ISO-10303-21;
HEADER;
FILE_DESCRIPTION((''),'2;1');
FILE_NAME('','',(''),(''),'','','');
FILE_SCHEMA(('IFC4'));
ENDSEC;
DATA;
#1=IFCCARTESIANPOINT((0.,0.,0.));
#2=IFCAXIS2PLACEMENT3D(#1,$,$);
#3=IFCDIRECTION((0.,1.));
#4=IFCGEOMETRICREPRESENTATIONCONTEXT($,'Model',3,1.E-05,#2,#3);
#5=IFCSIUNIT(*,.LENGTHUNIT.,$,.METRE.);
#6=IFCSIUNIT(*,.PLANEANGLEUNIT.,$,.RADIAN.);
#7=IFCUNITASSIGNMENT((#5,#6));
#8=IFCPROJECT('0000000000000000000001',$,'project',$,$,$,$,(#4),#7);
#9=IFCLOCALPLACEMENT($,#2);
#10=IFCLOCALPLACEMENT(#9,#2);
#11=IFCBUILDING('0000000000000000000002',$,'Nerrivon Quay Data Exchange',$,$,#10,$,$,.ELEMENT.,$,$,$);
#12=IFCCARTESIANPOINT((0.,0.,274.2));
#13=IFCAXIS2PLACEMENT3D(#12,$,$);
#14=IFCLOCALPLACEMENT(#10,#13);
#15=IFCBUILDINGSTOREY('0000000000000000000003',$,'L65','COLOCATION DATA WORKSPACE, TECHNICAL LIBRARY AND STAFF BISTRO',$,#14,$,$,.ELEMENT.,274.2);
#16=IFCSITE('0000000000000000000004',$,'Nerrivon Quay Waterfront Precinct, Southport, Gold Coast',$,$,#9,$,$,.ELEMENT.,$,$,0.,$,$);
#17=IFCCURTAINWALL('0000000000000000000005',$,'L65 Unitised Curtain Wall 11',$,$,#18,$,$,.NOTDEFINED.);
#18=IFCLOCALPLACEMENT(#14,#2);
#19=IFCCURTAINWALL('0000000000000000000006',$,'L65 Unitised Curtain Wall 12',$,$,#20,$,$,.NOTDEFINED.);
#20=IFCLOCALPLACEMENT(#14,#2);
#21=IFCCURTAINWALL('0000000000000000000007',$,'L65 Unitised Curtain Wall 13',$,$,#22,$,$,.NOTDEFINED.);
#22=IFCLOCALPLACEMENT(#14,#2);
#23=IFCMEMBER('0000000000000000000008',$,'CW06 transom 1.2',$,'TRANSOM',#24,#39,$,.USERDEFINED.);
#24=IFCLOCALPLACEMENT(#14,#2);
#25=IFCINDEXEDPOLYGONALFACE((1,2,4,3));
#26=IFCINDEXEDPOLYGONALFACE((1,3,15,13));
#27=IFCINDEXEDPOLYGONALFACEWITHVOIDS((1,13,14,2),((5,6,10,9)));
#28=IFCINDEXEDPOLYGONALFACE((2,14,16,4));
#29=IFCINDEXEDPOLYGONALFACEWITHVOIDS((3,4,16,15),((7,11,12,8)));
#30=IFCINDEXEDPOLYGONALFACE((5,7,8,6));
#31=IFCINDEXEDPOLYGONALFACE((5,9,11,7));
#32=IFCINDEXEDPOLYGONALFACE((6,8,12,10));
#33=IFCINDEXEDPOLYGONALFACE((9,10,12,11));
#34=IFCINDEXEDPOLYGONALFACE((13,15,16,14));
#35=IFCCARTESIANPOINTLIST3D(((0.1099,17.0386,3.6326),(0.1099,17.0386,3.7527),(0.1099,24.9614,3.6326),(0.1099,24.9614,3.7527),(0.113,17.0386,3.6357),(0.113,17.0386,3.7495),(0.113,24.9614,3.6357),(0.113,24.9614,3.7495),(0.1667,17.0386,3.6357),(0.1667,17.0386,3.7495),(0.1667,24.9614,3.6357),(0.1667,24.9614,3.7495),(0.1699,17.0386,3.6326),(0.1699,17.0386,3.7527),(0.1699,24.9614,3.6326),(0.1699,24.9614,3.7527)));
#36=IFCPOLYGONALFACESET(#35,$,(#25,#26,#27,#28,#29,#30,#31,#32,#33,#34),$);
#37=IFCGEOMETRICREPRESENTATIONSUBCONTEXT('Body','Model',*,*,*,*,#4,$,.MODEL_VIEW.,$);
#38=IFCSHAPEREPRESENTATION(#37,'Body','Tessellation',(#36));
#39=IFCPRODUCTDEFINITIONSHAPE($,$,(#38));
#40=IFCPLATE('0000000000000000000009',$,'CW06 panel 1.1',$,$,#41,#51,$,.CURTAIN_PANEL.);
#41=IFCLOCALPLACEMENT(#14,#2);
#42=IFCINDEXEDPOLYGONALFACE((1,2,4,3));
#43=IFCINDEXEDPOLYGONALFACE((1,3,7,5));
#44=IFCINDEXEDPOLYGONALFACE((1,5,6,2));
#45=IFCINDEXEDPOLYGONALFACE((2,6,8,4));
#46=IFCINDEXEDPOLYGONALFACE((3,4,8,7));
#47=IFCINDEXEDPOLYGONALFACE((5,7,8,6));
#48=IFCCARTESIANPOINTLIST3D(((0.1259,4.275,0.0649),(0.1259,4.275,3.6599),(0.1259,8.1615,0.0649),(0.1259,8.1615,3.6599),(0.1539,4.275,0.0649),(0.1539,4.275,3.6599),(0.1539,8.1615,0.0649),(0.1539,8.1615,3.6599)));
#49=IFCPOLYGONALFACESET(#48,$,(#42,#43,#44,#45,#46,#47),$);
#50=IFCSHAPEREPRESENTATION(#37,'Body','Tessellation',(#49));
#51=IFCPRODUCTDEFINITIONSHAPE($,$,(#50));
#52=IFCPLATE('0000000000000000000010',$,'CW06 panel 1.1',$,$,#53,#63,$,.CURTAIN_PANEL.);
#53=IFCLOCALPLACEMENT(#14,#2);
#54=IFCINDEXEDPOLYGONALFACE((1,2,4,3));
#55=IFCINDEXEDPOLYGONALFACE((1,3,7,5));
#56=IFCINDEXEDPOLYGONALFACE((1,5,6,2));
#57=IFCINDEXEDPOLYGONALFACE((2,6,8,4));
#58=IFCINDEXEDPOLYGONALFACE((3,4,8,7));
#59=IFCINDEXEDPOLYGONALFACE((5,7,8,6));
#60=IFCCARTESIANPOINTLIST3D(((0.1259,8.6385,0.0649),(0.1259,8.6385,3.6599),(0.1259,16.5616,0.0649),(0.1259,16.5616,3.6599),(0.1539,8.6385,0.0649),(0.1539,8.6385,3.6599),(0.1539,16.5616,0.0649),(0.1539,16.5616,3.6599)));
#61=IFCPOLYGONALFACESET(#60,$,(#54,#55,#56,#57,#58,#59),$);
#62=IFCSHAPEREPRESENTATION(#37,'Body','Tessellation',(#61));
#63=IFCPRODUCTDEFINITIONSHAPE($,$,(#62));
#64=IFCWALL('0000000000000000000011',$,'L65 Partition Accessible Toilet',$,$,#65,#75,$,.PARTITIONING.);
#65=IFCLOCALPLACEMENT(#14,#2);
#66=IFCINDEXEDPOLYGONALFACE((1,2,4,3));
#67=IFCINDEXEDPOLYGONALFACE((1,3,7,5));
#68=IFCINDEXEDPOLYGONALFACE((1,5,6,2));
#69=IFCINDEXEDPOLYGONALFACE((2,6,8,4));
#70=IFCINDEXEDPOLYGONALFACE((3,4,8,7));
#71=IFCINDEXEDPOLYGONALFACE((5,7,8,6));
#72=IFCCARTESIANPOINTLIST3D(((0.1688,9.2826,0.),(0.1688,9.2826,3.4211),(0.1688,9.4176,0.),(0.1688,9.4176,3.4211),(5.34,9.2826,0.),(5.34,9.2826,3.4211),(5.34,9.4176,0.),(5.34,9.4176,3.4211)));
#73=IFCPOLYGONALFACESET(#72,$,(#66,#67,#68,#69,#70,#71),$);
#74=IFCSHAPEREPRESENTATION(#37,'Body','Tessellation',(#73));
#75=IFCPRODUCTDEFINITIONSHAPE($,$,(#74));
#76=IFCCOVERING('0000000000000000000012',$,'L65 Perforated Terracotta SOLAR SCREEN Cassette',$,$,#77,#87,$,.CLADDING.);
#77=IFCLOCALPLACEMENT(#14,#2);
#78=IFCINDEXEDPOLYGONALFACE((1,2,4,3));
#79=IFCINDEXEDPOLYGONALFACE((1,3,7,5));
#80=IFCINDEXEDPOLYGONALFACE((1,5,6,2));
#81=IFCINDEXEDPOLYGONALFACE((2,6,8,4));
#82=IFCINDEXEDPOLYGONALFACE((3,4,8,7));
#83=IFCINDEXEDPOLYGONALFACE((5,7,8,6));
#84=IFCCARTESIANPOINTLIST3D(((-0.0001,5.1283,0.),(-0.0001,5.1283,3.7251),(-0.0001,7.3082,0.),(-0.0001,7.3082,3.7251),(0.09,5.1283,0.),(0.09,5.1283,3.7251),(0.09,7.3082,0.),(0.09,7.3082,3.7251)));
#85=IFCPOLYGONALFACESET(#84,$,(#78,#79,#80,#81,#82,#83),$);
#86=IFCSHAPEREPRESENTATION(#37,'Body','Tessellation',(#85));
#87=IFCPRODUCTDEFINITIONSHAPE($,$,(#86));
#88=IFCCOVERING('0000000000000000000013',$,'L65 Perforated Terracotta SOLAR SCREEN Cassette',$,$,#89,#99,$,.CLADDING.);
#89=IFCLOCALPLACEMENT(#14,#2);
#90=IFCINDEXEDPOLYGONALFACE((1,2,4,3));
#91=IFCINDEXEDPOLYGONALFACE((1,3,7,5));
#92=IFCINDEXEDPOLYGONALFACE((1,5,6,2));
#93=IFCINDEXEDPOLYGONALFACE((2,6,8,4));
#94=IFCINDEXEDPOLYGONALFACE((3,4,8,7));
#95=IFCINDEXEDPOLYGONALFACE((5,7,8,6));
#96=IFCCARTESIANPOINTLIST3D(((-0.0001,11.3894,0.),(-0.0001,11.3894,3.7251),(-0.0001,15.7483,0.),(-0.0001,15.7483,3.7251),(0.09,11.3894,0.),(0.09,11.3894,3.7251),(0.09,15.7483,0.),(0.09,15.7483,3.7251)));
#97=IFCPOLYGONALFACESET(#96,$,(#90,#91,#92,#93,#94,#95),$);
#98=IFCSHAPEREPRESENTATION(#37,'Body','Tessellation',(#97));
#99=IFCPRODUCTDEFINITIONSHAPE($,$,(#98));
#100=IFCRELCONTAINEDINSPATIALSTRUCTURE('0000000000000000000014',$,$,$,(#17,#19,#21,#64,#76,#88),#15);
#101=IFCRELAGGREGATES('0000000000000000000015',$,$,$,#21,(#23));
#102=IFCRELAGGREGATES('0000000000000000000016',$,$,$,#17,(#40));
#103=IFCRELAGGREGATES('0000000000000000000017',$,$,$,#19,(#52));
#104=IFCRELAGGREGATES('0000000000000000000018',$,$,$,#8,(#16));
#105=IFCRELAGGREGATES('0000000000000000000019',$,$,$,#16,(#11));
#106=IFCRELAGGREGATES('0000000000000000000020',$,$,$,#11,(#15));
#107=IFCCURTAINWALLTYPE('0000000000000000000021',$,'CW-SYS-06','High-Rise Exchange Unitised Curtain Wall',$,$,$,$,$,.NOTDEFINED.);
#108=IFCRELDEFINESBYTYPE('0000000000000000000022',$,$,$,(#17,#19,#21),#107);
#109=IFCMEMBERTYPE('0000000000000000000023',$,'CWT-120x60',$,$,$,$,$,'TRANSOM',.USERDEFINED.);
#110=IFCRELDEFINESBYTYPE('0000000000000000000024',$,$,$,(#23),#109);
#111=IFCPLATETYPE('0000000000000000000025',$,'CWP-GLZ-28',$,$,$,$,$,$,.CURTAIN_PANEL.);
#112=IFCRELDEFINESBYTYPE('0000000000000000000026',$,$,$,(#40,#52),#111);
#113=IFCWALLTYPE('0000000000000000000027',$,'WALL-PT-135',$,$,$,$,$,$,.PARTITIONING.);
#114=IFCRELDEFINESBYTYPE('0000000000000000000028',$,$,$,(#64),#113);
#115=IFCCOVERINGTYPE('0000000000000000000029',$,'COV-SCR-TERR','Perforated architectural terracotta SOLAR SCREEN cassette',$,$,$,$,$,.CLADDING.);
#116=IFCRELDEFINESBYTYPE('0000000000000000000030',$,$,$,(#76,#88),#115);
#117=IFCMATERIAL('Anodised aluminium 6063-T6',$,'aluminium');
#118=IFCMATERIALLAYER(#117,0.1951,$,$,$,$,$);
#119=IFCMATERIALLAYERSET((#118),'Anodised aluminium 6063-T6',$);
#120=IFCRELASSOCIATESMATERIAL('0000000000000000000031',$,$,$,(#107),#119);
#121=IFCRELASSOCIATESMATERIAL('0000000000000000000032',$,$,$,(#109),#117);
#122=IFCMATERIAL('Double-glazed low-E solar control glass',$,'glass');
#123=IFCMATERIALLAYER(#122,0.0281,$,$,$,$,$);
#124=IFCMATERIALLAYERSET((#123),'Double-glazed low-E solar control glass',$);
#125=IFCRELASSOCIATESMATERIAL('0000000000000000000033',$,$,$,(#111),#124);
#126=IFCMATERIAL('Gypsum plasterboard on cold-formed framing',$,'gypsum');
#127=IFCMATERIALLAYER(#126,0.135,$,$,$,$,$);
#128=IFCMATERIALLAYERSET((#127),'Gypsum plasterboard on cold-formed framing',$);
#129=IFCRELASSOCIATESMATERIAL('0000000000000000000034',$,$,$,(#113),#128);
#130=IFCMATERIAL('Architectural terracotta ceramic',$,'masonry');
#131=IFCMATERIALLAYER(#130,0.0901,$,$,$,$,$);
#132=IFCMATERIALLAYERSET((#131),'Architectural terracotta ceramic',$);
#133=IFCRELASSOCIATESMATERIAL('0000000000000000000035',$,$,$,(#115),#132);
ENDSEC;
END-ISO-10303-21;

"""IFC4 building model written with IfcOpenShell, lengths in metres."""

from ifc_helpers import new_model, si_unit, direction, frame, frame_2d, origin, origin_2d, place, context, subcontext, project, spatial, rectangle, hollow_rectangle, extrude, material, layer, layer_set, material_profile, profile_set, type_object, element, aggregate, save


model = new_model("IFC4")

# Units and contexts
model_context = context("Model", 3, precision=1e-05, world=origin(), true_north=direction((0.0, 1.0)))
body_context = subcontext(model_context, "Body", "Model", "MODEL_VIEW")
ifc_project = project(units=[si_unit("LENGTHUNIT", "METRE"), si_unit("PLANEANGLEUNIT", "RADIAN")], contexts=[model_context])

# Site, building, storey
site_placement = place(None, origin())
site = spatial("IfcSite", under=ifc_project, at=site_placement, Name="Nerrivon Quay Waterfront Precinct, Southport, Gold Coast", CompositionType="ELEMENT", RefElevation=0.0)
building_placement = place(site_placement, origin())
building = spatial("IfcBuilding", under=site, at=building_placement, Name="Nerrivon Quay Data Exchange", CompositionType="ELEMENT")
storey_placement = place(building_placement, frame((0.0, 0.0, 274.2)))
storey = spatial("IfcBuildingStorey", under=building, at=storey_placement, Name="L65", Description="COLOCATION DATA WORKSPACE, TECHNICAL LIBRARY AND STAFF BISTRO", CompositionType="ELEMENT", Elevation=274.2)

# Curtain wall
ifc_material_1 = material(Name="Anodised aluminium 6063-T6", Category="aluminium")
ifc_layer_1 = layer(ifc_material_1, 0.1951)
ifc_layer_set_1 = layer_set([ifc_layer_1], Name="Anodised aluminium 6063-T6")
curtain_wall_type = type_object("IfcCurtainWallType", Name="CW-SYS-06", Description="High-Rise Exchange Unitised Curtain Wall", PredefinedType="NOTDEFINED", material=ifc_layer_set_1)
curtain_wall_1_placement = place(storey_placement, origin())
curtain_wall_1 = element("IfcCurtainWall", 1, at=curtain_wall_1_placement, inside=storey, type_object=curtain_wall_type, Name="L65 Unitised Curtain Wall 11", PredefinedType="NOTDEFINED")

# Curtain wall
curtain_wall_2_placement = place(storey_placement, origin())
curtain_wall_2 = element("IfcCurtainWall", 2, at=curtain_wall_2_placement, inside=storey, type_object=curtain_wall_type, Name="L65 Unitised Curtain Wall 12", PredefinedType="NOTDEFINED")

# Curtain wall
curtain_wall_3_placement = place(storey_placement, origin())
curtain_wall_3 = element("IfcCurtainWall", 3, at=curtain_wall_3_placement, inside=storey, type_object=curtain_wall_type, Name="L65 Unitised Curtain Wall 13", PredefinedType="NOTDEFINED")

# Member
ifc_material_profile_1 = material_profile(ifc_material_1, hollow_rectangle(XDim=0.0601, YDim=0.1201, WallThickness=0.0032, at=origin_2d()), Name="ALU-TRAN-120x60")
ifc_profile_set_1 = profile_set([ifc_material_profile_1], Name="Anodised aluminium 6063-T6")
member_type_1 = type_object("IfcMemberType", Name="CWT-120x60", ElementType="TRANSOM", PredefinedType="USERDEFINED", material=ifc_profile_set_1)
member_1_placement = place(storey_placement, frame((0.1399, 17.0386, 3.6926), z_axis=(0.0, 1.0, 0.0), x_axis=(-1.0, 0.0, 0.0)))
member_1 = element("IfcMember", 4, at=member_1_placement, type_object=member_type_1, Name="CW06 transom 1.2", ObjectType="TRANSOM", PredefinedType="USERDEFINED", context=body_context, shape_type="SweptSolid", body=[
    extrude(hollow_rectangle(XDim=0.0601, YDim=0.1201, WallThickness=0.0032, at=origin_2d()), origin(), (0.0, 0.0, 1.0), 7.9229),
])
aggregate(curtain_wall_3, [member_1])

# Plates
ifc_material_2 = material(Name="Double-glazed low-E solar control glass", Category="glass")
ifc_layer_2 = layer(ifc_material_2, 0.0281)
ifc_layer_set_2 = layer_set([ifc_layer_2], Name="Double-glazed low-E solar control glass")
plate_type = type_object("IfcPlateType", Name="CWP-GLZ-28", PredefinedType="CURTAIN_PANEL", material=ifc_layer_set_2)
plate_1_placement = place(storey_placement, frame((0.1399, 6.2183, 0.0649), z_axis=(0.0, 0.0, 1.0), x_axis=(0.0, 1.0, 0.0)))
plate_1 = element("IfcPlate", 5, at=plate_1_placement, type_object=plate_type, Name="CW06 panel 1.1", PredefinedType="CURTAIN_PANEL", context=body_context, shape_type="SweptSolid", body=[
    extrude(rectangle(XDim=3.8865, YDim=0.0281, at=origin_2d()), origin(), (0.0, 0.0, 1.0), 3.595),
])
aggregate(curtain_wall_1, [plate_1])
plate_2_placement = place(storey_placement, frame((0.1399, 12.6001, 0.0649), z_axis=(0.0, 0.0, 1.0), x_axis=(0.0, 1.0, 0.0)))
plate_2 = element("IfcPlate", 6, at=plate_2_placement, type_object=plate_type, Name="CW06 panel 1.1", PredefinedType="CURTAIN_PANEL", context=body_context, shape_type="SweptSolid", body=[
    extrude(rectangle(XDim=7.9231, YDim=0.0281, at=origin_2d()), origin(), (0.0, 0.0, 1.0), 3.595),
])
aggregate(curtain_wall_2, [plate_2])

# Wall
ifc_material_3 = material(Name="Gypsum plasterboard on cold-formed framing", Category="gypsum")
ifc_layer_3 = layer(ifc_material_3, 0.135)
ifc_layer_set_3 = layer_set([ifc_layer_3], Name="Gypsum plasterboard on cold-formed framing")
wall_type = type_object("IfcWallType", Name="WALL-PT-135", PredefinedType="PARTITIONING", material=ifc_layer_set_3)
wall_placement = place(storey_placement, frame((0.1689, 9.3501, 0.0), z_axis=(0.0, 0.0, 1.0), x_axis=(1.0, 0.0, 0.0)))
element("IfcWall", 7, at=wall_placement, inside=storey, type_object=wall_type, Name="L65 Partition Accessible Toilet", PredefinedType="PARTITIONING", context=body_context, shape_type="SweptSolid", body=[
    extrude(rectangle(XDim=5.1711, YDim=0.135, at=frame_2d((2.5854, 0.0))), origin(), (0.0, 0.0, 1.0), 3.4211),
])

# Coverings
ifc_material_4 = material(Name="Architectural terracotta ceramic", Category="masonry")
ifc_layer_4 = layer(ifc_material_4, 0.0901)
ifc_layer_set_4 = layer_set([ifc_layer_4], Name="Architectural terracotta ceramic")
covering_type = type_object("IfcCoveringType", Name="COV-SCR-TERR", Description="Perforated architectural terracotta SOLAR SCREEN cassette", PredefinedType="CLADDING", material=ifc_layer_set_4)
covering_1_placement = place(storey_placement, frame((0.0449, 6.2183, 0.0), z_axis=(0.0, 0.0, 1.0), x_axis=(0.0, 1.0, 0.0)))
element("IfcCovering", 8, at=covering_1_placement, inside=storey, type_object=covering_type, Name="L65 Perforated Terracotta SOLAR SCREEN Cassette", PredefinedType="CLADDING", context=body_context, shape_type="SweptSolid", body=[
    extrude(rectangle(XDim=2.1799, YDim=0.0901, at=origin_2d()), origin(), (0.0, 0.0, 1.0), 3.7251),
])
covering_2_placement = place(storey_placement, frame((0.0449, 13.5688, 0.0), z_axis=(0.0, 0.0, 1.0), x_axis=(0.0, 1.0, 0.0)))
element("IfcCovering", 9, at=covering_2_placement, inside=storey, type_object=covering_type, Name="L65 Perforated Terracotta SOLAR SCREEN Cassette", PredefinedType="CLADDING", context=body_context, shape_type="SweptSolid", body=[
    extrude(rectangle(XDim=4.3589, YDim=0.0901, at=origin_2d()), origin(), (0.0, 0.0, 1.0), 3.7251),
])

save(model, "model.ifc")
